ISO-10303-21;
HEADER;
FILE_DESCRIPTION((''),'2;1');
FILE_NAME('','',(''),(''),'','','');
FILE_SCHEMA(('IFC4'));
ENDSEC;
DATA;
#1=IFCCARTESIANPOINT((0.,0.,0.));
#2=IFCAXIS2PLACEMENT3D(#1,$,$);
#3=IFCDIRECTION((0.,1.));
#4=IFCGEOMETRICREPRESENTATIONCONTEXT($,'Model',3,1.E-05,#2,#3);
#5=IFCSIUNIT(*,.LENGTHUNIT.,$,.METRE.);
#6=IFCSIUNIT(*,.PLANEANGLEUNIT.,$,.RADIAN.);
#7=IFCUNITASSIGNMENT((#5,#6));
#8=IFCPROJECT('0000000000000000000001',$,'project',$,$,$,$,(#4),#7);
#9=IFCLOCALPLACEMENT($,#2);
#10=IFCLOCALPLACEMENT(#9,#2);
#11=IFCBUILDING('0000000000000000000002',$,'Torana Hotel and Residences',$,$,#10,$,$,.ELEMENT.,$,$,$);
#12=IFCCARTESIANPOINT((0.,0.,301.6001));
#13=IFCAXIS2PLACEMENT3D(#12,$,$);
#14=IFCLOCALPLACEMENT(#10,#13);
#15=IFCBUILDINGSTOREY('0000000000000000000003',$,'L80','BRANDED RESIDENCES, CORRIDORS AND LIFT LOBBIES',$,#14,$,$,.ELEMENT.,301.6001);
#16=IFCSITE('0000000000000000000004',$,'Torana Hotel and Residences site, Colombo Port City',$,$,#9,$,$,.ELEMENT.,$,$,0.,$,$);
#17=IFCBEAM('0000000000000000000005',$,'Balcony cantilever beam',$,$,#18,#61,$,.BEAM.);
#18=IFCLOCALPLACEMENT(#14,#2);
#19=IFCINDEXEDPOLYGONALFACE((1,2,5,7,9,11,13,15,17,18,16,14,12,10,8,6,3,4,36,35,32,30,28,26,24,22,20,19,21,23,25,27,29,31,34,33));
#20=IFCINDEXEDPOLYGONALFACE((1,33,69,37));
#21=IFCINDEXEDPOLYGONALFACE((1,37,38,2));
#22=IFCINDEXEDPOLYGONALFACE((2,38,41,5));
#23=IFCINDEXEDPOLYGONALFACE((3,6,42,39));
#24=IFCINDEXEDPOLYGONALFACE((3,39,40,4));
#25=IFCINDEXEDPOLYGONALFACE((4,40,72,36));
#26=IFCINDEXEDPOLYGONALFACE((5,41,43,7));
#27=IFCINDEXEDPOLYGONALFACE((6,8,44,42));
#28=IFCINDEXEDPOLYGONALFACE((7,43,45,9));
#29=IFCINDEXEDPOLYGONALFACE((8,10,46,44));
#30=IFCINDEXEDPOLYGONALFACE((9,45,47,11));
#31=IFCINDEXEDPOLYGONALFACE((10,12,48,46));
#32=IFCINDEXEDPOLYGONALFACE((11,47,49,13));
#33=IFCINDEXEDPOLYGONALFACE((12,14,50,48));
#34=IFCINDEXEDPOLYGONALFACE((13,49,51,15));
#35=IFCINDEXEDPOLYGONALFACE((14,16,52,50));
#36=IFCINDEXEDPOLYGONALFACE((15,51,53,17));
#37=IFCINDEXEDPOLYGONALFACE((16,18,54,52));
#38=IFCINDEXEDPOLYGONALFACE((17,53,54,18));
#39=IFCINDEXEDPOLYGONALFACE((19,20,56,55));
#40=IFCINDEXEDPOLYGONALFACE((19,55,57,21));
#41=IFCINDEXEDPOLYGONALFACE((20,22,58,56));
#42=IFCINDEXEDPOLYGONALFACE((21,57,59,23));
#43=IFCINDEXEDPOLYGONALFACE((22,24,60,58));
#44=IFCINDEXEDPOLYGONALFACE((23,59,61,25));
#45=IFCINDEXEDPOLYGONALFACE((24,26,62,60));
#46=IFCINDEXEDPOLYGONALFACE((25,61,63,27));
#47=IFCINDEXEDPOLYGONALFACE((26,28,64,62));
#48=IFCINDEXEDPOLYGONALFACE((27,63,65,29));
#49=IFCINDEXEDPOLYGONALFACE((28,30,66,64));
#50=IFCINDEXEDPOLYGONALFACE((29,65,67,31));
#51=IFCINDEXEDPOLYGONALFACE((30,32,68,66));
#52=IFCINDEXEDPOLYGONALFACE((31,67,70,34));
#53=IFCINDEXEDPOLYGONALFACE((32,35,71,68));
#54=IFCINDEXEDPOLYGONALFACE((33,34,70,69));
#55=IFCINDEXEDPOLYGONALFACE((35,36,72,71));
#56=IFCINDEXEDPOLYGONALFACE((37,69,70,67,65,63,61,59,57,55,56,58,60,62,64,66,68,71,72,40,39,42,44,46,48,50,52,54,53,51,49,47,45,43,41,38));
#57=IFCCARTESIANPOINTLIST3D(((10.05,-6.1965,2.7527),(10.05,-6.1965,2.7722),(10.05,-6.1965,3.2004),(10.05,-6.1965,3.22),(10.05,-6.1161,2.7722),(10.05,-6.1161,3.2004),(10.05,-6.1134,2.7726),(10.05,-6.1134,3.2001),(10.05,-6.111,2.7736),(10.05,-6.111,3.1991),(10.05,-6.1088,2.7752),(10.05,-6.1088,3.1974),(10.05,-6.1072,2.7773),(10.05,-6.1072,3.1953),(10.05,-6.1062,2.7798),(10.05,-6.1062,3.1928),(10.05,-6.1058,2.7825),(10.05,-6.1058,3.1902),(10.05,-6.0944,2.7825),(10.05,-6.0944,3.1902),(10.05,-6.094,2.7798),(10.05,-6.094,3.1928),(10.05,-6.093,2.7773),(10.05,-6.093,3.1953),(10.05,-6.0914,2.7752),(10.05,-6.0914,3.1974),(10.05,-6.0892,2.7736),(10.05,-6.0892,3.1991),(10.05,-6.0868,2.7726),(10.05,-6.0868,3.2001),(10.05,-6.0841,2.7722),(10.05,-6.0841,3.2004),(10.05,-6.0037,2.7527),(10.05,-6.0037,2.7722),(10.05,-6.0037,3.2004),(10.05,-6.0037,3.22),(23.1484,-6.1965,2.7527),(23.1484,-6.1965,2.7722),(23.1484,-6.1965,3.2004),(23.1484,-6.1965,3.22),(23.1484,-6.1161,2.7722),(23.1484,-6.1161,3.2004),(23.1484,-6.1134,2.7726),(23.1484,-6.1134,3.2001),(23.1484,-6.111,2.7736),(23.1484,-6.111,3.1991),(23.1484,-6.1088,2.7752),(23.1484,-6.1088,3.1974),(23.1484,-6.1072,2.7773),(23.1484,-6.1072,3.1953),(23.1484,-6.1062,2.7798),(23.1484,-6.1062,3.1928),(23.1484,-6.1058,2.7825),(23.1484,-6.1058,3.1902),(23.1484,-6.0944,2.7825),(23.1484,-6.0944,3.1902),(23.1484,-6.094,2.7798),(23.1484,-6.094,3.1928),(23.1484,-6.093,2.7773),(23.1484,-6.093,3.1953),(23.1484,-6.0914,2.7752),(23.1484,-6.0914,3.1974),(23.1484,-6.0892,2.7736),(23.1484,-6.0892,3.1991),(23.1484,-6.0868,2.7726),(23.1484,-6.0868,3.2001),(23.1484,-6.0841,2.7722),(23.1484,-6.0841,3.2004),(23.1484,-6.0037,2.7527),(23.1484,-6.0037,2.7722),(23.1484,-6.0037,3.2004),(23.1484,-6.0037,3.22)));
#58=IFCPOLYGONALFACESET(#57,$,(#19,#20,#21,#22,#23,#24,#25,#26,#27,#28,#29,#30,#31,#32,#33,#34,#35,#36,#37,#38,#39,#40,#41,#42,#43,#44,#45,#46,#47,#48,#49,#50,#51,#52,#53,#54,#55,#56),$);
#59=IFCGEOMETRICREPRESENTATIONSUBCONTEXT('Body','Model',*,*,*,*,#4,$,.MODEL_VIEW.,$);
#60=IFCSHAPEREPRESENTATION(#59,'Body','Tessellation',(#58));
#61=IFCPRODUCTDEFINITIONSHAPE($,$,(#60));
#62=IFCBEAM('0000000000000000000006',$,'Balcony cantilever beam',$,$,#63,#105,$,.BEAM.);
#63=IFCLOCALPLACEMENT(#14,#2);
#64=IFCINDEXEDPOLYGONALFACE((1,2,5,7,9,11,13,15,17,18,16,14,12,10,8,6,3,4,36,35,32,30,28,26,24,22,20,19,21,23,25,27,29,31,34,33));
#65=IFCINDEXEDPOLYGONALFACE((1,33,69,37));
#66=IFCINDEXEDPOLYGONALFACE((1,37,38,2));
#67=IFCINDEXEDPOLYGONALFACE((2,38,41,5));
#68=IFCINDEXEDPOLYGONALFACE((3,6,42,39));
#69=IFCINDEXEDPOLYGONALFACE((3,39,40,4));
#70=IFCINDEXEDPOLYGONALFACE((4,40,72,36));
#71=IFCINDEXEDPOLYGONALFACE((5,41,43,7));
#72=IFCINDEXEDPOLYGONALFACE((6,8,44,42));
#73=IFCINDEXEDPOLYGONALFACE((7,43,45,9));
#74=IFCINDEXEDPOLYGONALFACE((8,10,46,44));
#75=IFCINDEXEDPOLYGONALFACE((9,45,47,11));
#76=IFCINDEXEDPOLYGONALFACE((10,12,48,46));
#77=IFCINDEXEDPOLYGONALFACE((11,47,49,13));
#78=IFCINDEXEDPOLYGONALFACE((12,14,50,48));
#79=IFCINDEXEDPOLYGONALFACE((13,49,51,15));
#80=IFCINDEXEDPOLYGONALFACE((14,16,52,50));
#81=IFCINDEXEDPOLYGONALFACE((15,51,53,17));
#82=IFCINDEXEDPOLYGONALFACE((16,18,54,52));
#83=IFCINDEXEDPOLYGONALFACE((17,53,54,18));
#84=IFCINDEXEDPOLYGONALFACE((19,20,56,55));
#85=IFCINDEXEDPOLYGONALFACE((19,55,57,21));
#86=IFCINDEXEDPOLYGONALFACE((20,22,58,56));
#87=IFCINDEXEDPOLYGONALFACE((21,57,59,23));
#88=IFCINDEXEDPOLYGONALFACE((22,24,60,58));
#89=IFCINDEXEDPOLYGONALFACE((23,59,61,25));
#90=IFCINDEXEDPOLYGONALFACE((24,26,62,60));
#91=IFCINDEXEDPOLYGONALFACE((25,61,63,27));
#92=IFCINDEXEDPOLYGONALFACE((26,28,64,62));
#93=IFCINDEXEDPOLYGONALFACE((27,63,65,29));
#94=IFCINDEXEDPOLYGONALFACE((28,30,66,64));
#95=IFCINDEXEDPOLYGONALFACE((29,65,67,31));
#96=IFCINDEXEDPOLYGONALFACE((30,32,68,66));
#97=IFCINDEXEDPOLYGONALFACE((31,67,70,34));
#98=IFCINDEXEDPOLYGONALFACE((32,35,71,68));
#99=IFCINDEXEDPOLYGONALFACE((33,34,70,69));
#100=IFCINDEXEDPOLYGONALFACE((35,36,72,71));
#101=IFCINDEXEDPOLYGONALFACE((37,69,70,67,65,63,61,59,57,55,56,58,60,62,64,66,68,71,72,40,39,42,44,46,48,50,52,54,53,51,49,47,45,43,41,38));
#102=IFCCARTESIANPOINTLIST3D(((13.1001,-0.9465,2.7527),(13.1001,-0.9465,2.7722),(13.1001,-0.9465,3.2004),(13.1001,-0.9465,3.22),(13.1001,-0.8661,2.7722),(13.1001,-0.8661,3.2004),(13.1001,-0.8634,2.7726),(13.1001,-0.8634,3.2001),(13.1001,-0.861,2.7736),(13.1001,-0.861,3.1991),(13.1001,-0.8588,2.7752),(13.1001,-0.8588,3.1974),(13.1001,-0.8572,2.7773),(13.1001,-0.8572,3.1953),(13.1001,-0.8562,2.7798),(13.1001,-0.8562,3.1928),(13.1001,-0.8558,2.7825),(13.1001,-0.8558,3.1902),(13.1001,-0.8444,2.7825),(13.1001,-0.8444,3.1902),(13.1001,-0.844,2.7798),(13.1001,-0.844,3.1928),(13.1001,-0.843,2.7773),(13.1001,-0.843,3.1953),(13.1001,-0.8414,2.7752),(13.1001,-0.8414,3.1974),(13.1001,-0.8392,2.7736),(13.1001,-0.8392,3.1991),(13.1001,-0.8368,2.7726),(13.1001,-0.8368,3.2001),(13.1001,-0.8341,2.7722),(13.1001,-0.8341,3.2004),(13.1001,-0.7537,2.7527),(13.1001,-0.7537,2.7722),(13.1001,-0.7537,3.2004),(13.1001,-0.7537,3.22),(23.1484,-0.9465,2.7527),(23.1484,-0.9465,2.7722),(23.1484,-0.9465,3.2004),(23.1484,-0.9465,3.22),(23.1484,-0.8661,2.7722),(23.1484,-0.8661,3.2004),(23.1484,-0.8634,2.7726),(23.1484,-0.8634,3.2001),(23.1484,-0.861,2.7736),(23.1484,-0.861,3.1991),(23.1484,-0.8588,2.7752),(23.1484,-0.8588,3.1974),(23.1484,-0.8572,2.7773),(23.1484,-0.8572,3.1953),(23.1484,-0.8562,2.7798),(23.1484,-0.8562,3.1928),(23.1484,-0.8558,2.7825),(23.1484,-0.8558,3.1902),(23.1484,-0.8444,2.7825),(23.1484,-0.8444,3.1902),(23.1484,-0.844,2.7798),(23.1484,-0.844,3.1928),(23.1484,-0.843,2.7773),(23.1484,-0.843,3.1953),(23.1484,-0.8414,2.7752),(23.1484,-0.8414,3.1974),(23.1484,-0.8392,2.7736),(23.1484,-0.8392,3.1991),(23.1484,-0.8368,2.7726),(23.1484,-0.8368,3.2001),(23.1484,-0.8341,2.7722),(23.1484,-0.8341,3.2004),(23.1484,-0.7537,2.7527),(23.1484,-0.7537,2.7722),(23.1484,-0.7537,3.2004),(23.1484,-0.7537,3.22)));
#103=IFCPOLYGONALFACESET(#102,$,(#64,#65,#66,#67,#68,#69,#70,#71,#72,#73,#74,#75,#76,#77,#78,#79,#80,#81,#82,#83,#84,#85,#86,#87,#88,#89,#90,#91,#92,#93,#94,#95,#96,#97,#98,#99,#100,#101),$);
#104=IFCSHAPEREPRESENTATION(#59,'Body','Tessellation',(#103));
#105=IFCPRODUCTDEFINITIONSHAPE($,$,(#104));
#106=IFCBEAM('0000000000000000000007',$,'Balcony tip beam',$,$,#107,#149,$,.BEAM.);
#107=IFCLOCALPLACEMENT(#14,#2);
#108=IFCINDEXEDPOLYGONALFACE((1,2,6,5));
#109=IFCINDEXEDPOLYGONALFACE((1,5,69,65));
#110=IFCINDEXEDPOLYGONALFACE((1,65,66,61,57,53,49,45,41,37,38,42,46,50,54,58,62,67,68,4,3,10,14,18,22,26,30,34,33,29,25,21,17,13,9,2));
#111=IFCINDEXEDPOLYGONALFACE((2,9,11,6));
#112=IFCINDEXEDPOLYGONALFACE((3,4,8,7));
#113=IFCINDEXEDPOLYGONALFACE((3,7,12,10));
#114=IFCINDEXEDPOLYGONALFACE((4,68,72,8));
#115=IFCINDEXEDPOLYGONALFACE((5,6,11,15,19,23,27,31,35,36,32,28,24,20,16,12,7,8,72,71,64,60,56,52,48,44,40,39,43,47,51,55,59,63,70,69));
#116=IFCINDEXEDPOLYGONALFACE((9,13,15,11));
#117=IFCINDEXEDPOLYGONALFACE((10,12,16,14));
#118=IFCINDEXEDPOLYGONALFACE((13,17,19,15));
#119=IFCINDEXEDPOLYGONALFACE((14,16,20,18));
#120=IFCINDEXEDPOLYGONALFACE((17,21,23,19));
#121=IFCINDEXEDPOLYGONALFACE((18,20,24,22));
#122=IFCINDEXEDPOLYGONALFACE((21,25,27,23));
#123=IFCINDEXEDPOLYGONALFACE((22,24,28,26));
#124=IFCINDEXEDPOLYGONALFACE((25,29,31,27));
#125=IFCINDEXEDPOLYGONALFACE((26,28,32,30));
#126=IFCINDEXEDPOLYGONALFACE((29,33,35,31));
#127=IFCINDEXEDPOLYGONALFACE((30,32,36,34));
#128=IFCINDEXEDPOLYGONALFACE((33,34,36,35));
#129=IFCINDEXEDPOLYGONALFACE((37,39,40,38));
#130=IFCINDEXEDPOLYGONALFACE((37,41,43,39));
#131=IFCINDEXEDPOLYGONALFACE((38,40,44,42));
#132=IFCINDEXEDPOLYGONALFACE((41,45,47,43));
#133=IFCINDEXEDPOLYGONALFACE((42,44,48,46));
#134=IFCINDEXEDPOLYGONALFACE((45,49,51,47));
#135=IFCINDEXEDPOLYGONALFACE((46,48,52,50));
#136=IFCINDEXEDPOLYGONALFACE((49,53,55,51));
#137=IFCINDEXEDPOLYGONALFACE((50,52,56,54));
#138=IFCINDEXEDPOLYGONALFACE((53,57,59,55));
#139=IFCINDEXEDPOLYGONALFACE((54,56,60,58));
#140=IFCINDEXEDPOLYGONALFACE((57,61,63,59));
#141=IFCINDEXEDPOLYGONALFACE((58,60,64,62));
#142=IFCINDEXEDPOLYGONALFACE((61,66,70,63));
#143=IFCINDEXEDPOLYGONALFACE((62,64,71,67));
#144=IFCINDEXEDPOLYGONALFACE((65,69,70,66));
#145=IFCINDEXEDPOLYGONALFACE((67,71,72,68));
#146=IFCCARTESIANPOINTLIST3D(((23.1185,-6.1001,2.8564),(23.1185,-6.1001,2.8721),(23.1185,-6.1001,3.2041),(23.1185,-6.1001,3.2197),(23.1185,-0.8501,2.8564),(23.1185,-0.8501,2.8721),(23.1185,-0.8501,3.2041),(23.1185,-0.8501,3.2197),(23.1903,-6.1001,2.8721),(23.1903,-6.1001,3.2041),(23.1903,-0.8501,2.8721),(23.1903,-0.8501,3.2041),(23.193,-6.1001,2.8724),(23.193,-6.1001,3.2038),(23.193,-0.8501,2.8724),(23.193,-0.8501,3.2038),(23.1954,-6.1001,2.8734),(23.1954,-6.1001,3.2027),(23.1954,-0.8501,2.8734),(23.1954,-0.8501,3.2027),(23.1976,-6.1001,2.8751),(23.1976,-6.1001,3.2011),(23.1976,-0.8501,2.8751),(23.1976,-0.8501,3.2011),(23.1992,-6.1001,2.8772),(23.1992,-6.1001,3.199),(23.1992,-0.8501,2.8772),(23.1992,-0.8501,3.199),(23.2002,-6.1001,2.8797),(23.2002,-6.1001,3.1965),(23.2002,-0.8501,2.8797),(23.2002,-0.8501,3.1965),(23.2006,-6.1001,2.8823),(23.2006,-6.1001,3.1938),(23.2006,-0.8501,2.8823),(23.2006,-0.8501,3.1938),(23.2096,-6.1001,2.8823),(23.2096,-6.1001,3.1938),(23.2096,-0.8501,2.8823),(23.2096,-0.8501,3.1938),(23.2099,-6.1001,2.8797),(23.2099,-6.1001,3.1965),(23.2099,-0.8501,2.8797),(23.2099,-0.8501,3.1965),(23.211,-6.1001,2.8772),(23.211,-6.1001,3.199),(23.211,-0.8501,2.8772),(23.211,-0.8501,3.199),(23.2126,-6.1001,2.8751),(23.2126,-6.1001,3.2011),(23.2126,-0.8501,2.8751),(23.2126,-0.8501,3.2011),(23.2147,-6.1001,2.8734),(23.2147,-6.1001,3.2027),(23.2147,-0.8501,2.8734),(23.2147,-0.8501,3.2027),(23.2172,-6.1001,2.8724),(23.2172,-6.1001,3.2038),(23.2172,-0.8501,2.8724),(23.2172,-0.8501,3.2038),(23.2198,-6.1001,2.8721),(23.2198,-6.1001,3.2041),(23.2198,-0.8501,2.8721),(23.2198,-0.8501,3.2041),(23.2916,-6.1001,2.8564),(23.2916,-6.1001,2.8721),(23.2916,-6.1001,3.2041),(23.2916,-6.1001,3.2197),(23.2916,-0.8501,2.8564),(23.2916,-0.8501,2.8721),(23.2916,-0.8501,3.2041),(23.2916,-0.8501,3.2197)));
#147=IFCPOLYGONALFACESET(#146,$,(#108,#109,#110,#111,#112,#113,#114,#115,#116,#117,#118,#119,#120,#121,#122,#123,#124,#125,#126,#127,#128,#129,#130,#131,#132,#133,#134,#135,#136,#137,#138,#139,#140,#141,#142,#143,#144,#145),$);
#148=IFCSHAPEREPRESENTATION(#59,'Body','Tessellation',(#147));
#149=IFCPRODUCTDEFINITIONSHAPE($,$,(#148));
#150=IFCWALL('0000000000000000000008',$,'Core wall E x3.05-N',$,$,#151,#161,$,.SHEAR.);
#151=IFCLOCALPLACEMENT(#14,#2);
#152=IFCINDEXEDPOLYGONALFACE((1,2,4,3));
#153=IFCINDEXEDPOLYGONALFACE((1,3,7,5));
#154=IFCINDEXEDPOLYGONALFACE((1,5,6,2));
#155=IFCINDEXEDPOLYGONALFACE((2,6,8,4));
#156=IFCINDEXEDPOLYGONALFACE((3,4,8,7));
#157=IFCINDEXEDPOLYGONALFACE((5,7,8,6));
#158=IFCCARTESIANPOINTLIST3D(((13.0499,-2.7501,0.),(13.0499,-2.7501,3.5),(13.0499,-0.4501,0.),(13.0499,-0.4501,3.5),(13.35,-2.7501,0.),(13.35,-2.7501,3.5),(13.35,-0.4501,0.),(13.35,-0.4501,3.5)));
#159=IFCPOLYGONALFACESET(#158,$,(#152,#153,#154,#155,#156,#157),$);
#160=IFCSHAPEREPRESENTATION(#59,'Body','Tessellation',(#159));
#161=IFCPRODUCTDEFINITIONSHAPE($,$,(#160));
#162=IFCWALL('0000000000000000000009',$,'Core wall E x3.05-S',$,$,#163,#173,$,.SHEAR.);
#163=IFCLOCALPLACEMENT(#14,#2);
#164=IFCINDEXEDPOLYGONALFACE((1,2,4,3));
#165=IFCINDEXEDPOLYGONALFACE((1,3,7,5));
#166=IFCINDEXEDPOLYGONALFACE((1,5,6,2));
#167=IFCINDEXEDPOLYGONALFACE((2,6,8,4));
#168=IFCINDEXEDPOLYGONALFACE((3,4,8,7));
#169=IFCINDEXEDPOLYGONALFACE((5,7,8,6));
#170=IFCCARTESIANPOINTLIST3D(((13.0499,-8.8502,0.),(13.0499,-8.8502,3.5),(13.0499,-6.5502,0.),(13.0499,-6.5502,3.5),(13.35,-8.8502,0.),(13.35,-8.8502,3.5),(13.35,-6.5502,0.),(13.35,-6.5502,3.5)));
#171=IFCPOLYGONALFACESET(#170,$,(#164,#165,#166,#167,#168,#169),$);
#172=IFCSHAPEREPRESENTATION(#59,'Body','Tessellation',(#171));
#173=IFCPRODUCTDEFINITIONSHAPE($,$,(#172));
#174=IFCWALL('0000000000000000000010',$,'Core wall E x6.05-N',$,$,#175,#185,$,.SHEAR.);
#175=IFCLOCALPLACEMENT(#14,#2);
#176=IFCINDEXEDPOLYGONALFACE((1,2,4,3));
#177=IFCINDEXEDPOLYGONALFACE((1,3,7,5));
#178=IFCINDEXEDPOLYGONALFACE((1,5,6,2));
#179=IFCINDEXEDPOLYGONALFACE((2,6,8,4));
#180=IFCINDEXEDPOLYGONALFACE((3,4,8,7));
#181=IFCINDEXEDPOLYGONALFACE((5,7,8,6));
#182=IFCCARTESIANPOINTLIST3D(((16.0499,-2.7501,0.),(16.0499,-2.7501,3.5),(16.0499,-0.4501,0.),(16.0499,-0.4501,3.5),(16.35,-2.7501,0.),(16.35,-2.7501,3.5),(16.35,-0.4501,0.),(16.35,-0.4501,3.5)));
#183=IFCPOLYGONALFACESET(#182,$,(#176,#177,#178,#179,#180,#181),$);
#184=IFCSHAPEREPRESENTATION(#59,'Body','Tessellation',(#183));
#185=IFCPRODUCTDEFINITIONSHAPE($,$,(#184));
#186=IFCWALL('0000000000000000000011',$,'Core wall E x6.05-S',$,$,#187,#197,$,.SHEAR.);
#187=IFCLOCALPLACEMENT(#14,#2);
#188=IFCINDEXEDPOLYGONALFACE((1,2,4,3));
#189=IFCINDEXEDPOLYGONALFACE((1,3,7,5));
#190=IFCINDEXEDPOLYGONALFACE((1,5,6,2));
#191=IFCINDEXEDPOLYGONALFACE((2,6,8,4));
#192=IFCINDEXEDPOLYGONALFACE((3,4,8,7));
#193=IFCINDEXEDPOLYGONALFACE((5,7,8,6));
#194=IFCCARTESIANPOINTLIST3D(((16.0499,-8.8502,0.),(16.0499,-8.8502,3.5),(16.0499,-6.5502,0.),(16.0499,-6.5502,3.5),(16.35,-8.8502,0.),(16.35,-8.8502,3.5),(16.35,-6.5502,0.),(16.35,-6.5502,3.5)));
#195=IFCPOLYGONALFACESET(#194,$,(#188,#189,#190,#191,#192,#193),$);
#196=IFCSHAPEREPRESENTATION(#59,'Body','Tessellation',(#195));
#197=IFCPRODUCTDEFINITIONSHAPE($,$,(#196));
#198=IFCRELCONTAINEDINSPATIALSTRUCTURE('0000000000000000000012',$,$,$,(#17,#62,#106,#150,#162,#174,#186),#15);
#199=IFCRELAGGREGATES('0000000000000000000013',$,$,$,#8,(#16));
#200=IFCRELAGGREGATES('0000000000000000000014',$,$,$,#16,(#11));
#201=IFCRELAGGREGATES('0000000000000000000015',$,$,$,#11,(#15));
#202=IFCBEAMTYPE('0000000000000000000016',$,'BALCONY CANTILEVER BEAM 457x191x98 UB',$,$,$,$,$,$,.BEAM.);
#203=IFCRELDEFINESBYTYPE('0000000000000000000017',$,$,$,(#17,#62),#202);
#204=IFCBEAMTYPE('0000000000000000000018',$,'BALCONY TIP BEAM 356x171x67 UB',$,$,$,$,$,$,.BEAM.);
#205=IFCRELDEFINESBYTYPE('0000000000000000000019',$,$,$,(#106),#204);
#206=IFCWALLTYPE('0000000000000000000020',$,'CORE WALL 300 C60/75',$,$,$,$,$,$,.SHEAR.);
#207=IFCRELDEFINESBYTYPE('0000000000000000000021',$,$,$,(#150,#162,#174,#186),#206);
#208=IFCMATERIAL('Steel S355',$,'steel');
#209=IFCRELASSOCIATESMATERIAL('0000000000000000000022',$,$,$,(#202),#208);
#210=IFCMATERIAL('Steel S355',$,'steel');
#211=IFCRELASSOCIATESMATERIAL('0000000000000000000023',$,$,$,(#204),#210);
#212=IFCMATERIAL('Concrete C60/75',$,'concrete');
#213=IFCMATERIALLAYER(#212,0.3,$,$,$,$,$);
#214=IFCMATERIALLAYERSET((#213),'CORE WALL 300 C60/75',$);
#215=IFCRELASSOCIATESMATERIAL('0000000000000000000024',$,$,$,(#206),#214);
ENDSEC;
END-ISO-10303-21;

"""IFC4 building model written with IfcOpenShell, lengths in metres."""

from ifc_helpers import new_model, si_unit, direction, frame, frame_2d, origin, origin_2d, place, context, subcontext, project, spatial, rectangle, i_section, extrude, material, layer, layer_set, material_profile, profile_set, type_object, element, save


model = new_model("IFC4")

# Units and contexts
model_context = context("Model", 3, precision=1e-05, world=origin(), true_north=direction((0.0, 1.0)))
body_context = subcontext(model_context, "Body", "Model", "MODEL_VIEW")
ifc_project = project(units=[si_unit("LENGTHUNIT", "METRE"), si_unit("PLANEANGLEUNIT", "RADIAN")], contexts=[model_context])

# Site, building, storey
site_placement = place(None, origin())
site = spatial("IfcSite", under=ifc_project, at=site_placement, Name="Torana Hotel and Residences site, Colombo Port City", CompositionType="ELEMENT", RefElevation=0.0)
building_placement = place(site_placement, origin())
building = spatial("IfcBuilding", under=site, at=building_placement, Name="Torana Hotel and Residences", CompositionType="ELEMENT")
storey_placement = place(building_placement, frame((0.0, 0.0, 301.6001)))
storey = spatial("IfcBuildingStorey", under=building, at=storey_placement, Name="L80", Description="BRANDED RESIDENCES, CORRIDORS AND LIFT LOBBIES", CompositionType="ELEMENT", Elevation=301.6001)

# Beams
ifc_material_1 = material(Name="Steel S355", Category="steel")
ifc_material_profile_1 = material_profile(ifc_material_1, i_section(OverallWidth=0.1929, OverallDepth=0.4673, WebThickness=0.0115, FlangeThickness=0.0195, FilletRadius=0.0103, at=origin_2d()), Name="457x191x98 UB")
ifc_profile_set_1 = profile_set([ifc_material_profile_1], Name="Steel S355")
beam_type_1 = type_object("IfcBeamType", Name="BALCONY CANTILEVER BEAM 457x191x98 UB", PredefinedType="BEAM", material=ifc_profile_set_1)
beam_1_placement = place(storey_placement, frame((23.1484, -6.1001, 2.9863), z_axis=(-1.0, 0.0, 0.0), x_axis=(0.0, -1.0, 0.0)))
element("IfcBeam", 1, at=beam_1_placement, inside=storey, type_object=beam_type_1, Name="Balcony cantilever beam", PredefinedType="BEAM", context=body_context, shape_type="SweptSolid", body=[
    extrude(i_section(OverallWidth=0.1929, OverallDepth=0.4673, WebThickness=0.0115, FlangeThickness=0.0195, FilletRadius=0.0103, at=origin_2d()), origin(), (0.0, 0.0, 1.0), 13.0984),
])
beam_2_placement = place(storey_placement, frame((23.1484, -0.8501, 2.9863), z_axis=(-1.0, 0.0, 0.0), x_axis=(0.0, -1.0, 0.0)))
element("IfcBeam", 2, at=beam_2_placement, inside=storey, type_object=beam_type_1, Name="Balcony cantilever beam", PredefinedType="BEAM", context=body_context, shape_type="SweptSolid", body=[
    extrude(i_section(OverallWidth=0.1929, OverallDepth=0.4673, WebThickness=0.0115, FlangeThickness=0.0195, FilletRadius=0.0103, at=origin_2d()), origin(), (0.0, 0.0, 1.0), 10.0483),
])
ifc_material_2 = material(Name="Steel S355", Category="steel")
ifc_material_profile_2 = material_profile(ifc_material_2, i_section(OverallWidth=0.1731, OverallDepth=0.3633, WebThickness=0.009, FlangeThickness=0.0156, FilletRadius=0.0103, at=origin_2d()), Name="356x171x67 UB")
ifc_profile_set_2 = profile_set([ifc_material_profile_2], Name="Steel S355")
beam_type_2 = type_object("IfcBeamType", Name="BALCONY TIP BEAM 356x171x67 UB", PredefinedType="BEAM", material=ifc_profile_set_2)
beam_3_placement = place(storey_placement, frame((23.2051, -6.1001, 3.0381), z_axis=(0.0, 1.0, 0.0), x_axis=(-1.0, 0.0, 0.0)))
element("IfcBeam", 3, at=beam_3_placement, inside=storey, type_object=beam_type_2, Name="Balcony tip beam", PredefinedType="BEAM", context=body_context, shape_type="SweptSolid", body=[
    extrude(i_section(OverallWidth=0.1731, OverallDepth=0.3633, WebThickness=0.009, FlangeThickness=0.0156, FilletRadius=0.0103, at=origin_2d()), origin(), (0.0, 0.0, 1.0), 5.25),
])

# Walls
ifc_material_3 = material(Name="Concrete C60/75", Category="concrete")
ifc_layer_1 = layer(ifc_material_3, 0.3)
ifc_layer_set_1 = layer_set([ifc_layer_1], Name="CORE WALL 300 C60/75")
wall_type_1 = type_object("IfcWallType", Name="CORE WALL 300 C60/75", PredefinedType="SHEAR", material=ifc_layer_set_1)
for number, where, z_axis, x_axis, name in (
    (4, (13.2, -2.75, 0.0), (0.0, 0.0, 1.0), (0.0, 1.0, 0.0), "Core wall E x3.05-N"),
    (5, (13.2, -8.8501, 0.0), (0.0, 0.0, 1.0), (0.0, 1.0, 0.0), "Core wall E x3.05-S"),
    (6, (16.2, -2.75, 0.0), (0.0, 0.0, 1.0), (0.0, 1.0, 0.0), "Core wall E x6.05-N"),
    (7, (16.2, -8.8501, 0.0), (0.0, 0.0, 1.0), (0.0, 1.0, 0.0), "Core wall E x6.05-S"),
):
    element("IfcWall", number, at=place(storey_placement, frame(where, z_axis=z_axis, x_axis=x_axis)), inside=storey, type_object=wall_type_1, Name=name, PredefinedType="SHEAR", context=body_context, shape_type="SweptSolid", body=[
        extrude(rectangle(XDim=2.3, YDim=0.3, at=frame_2d((1.1499, 0.0))), origin(), (0.0, 0.0, 1.0), 3.5),
    ])

save(model, "model.ifc")
